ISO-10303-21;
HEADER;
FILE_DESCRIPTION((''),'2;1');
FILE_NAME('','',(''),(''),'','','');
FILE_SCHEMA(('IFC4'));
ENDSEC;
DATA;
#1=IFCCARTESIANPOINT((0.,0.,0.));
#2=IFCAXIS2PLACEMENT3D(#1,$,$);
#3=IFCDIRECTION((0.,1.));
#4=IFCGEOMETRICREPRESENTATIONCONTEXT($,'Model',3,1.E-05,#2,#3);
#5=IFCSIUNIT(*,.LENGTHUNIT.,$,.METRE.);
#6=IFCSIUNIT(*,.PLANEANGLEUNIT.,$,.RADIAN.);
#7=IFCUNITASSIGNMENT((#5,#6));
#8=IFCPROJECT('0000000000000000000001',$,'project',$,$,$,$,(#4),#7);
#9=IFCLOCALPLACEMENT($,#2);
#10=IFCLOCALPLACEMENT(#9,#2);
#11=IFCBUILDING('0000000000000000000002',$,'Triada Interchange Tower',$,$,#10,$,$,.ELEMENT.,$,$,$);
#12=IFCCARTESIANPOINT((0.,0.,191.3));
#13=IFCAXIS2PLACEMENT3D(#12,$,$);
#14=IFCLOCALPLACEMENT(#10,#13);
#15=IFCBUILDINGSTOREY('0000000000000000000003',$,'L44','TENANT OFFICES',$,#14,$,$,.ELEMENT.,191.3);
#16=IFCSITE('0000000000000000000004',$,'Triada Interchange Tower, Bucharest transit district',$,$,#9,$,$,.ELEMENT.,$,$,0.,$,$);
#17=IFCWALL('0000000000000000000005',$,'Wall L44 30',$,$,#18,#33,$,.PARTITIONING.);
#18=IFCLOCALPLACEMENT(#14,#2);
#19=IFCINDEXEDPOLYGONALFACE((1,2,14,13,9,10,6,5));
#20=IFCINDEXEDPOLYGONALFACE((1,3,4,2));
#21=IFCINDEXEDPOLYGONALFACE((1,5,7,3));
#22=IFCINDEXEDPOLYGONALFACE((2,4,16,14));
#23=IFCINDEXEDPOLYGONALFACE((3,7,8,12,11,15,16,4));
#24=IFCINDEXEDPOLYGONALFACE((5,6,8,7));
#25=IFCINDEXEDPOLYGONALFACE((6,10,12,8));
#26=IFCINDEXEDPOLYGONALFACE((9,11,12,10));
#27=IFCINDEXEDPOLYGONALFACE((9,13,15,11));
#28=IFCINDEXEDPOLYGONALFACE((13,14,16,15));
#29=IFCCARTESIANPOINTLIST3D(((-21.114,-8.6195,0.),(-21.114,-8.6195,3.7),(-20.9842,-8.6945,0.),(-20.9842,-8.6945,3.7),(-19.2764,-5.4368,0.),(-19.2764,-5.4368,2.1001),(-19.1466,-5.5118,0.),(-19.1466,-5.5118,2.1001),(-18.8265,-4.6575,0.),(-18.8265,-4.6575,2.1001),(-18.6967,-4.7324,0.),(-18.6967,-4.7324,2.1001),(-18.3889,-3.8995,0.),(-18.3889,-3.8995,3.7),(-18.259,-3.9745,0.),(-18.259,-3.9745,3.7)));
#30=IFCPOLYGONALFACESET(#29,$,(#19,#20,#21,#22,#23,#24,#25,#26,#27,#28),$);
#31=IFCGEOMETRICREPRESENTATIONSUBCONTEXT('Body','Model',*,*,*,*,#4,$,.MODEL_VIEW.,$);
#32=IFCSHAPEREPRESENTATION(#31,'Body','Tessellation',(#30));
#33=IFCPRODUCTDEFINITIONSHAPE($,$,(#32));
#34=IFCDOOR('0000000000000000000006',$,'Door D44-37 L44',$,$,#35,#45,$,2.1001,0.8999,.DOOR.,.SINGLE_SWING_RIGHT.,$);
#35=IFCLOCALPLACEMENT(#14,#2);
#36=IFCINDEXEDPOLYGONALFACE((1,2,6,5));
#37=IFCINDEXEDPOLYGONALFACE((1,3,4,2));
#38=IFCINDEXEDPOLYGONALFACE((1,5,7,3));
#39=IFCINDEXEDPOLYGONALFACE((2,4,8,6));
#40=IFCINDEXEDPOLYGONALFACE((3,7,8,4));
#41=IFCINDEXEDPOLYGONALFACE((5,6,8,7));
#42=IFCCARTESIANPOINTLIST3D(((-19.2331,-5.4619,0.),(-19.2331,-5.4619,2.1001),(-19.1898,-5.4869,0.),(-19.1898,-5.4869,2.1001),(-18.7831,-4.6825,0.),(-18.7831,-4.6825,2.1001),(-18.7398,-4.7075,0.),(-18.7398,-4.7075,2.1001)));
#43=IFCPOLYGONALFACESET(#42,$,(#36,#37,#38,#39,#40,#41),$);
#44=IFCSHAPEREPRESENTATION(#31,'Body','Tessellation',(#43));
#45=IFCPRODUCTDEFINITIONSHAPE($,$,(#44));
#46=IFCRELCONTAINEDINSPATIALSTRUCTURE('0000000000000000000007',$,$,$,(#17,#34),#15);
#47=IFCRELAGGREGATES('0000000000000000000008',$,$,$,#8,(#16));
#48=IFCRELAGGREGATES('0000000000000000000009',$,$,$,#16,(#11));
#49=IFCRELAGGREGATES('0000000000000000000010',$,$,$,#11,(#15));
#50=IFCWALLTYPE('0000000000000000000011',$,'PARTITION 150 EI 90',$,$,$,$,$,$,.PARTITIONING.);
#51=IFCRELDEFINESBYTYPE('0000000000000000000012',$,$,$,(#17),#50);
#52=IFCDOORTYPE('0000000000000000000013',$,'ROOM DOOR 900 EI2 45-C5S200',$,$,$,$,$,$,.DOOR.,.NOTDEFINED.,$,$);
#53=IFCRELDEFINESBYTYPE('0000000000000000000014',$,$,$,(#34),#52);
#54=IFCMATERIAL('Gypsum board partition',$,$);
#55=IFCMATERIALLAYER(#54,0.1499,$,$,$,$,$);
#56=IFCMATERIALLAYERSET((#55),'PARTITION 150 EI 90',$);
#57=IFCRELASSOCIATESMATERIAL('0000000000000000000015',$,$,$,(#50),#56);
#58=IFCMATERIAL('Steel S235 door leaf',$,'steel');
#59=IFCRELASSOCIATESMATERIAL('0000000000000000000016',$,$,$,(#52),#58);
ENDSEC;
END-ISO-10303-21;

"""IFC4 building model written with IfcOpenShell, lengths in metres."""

from ifc_helpers import new_model, si_unit, direction, frame, frame_2d, origin, place, context, subcontext, project, spatial, rectangle, extrude, material, layer, layer_set, type_object, element, fill, save


model = new_model("IFC4")

# Units and contexts
model_context = context("Model", 3, precision=1e-05, world=origin(), true_north=direction((0.0, 1.0)))
body_context = subcontext(model_context, "Body", "Model", "MODEL_VIEW")
ifc_project = project(units=[si_unit("LENGTHUNIT", "METRE"), si_unit("PLANEANGLEUNIT", "RADIAN")], contexts=[model_context])

# Site, building, storey
site_placement = place(None, origin())
site = spatial("IfcSite", under=ifc_project, at=site_placement, Name="Triada Interchange Tower, Bucharest transit district", CompositionType="ELEMENT", RefElevation=0.0)
building_placement = place(site_placement, origin())
building = spatial("IfcBuilding", under=site, at=building_placement, Name="Triada Interchange Tower", CompositionType="ELEMENT")
storey_placement = place(building_placement, frame((0.0, 0.0, 191.3)))
storey = spatial("IfcBuildingStorey", under=building, at=storey_placement, Name="L44", Description="TENANT OFFICES", CompositionType="ELEMENT", Elevation=191.3)

# Shared definitions
ifc_material_1 = material(Name="Gypsum board partition")
ifc_material_2 = material(Name="Steel S235 door leaf", Category="steel")

# Wall, opening, door
ifc_layer_1 = layer(ifc_material_1, 0.1499)
ifc_layer_set_1 = layer_set([ifc_layer_1], Name="PARTITION 150 EI 90")
wall_type_1 = type_object("IfcWallType", Name="PARTITION 150 EI 90", PredefinedType="PARTITIONING", material=ifc_layer_set_1)
wall_1_placement = place(storey_placement, frame((-21.0491, -8.657, 0.0), z_axis=(0.0, 0.0, 1.0), x_axis=(0.500003, 0.866024, 0.0)))
wall_1 = element("IfcWall", 1, at=wall_1_placement, inside=storey, type_object=wall_type_1, Name="Wall L44 30", PredefinedType="PARTITIONING", context=body_context, shape_type="SweptSolid", body=[
    extrude(rectangle(XDim=5.4502, YDim=0.1499, at=frame_2d((2.7251, 0.0))), origin(), (0.0, 0.0, 1.0), 3.7),
])
opening_1_placement = place(wall_1_placement, frame((3.675, 0.0, 0.0)))
opening_1 = element("IfcOpeningElement", 2, at=opening_1_placement, cuts=wall_1, PredefinedType="OPENING", context=body_context, shape_type="SweptSolid", body=[
    extrude(rectangle(XDim=0.8999, YDim=2.1001, at=frame_2d((0.45, 1.05))), frame((0.0, 0.085, 0.0), z_axis=(0.0, -1.0, 0.0), x_axis=(1.0, 0.0, 0.0)), (0.0, 0.0, 1.0), 0.1699),
])
door_type_1 = type_object("IfcDoorType", Name="ROOM DOOR 900 EI2 45-C5S200", OperationType="NOTDEFINED", PredefinedType="DOOR", material=ifc_material_2)
door_1_placement = place(opening_1_placement, origin())
door_1 = element("IfcDoor", 3, at=door_1_placement, inside=storey, type_object=door_type_1, Name="Door D44-37 L44", OperationType="SINGLE_SWING_RIGHT", OverallHeight=2.1001, OverallWidth=0.8999, PredefinedType="DOOR", context=body_context, shape_type="SweptSolid", body=[
    extrude(rectangle(XDim=0.8999, YDim=2.1001, at=frame_2d((0.45, 1.05))), frame((0.0, 0.0249, 0.0), z_axis=(0.0, -1.0, 0.0), x_axis=(1.0, 0.0, 0.0)), (0.0, 0.0, 1.0), 0.05),
])
fill(opening_1, door_1)

save(model, "model.ifc")
